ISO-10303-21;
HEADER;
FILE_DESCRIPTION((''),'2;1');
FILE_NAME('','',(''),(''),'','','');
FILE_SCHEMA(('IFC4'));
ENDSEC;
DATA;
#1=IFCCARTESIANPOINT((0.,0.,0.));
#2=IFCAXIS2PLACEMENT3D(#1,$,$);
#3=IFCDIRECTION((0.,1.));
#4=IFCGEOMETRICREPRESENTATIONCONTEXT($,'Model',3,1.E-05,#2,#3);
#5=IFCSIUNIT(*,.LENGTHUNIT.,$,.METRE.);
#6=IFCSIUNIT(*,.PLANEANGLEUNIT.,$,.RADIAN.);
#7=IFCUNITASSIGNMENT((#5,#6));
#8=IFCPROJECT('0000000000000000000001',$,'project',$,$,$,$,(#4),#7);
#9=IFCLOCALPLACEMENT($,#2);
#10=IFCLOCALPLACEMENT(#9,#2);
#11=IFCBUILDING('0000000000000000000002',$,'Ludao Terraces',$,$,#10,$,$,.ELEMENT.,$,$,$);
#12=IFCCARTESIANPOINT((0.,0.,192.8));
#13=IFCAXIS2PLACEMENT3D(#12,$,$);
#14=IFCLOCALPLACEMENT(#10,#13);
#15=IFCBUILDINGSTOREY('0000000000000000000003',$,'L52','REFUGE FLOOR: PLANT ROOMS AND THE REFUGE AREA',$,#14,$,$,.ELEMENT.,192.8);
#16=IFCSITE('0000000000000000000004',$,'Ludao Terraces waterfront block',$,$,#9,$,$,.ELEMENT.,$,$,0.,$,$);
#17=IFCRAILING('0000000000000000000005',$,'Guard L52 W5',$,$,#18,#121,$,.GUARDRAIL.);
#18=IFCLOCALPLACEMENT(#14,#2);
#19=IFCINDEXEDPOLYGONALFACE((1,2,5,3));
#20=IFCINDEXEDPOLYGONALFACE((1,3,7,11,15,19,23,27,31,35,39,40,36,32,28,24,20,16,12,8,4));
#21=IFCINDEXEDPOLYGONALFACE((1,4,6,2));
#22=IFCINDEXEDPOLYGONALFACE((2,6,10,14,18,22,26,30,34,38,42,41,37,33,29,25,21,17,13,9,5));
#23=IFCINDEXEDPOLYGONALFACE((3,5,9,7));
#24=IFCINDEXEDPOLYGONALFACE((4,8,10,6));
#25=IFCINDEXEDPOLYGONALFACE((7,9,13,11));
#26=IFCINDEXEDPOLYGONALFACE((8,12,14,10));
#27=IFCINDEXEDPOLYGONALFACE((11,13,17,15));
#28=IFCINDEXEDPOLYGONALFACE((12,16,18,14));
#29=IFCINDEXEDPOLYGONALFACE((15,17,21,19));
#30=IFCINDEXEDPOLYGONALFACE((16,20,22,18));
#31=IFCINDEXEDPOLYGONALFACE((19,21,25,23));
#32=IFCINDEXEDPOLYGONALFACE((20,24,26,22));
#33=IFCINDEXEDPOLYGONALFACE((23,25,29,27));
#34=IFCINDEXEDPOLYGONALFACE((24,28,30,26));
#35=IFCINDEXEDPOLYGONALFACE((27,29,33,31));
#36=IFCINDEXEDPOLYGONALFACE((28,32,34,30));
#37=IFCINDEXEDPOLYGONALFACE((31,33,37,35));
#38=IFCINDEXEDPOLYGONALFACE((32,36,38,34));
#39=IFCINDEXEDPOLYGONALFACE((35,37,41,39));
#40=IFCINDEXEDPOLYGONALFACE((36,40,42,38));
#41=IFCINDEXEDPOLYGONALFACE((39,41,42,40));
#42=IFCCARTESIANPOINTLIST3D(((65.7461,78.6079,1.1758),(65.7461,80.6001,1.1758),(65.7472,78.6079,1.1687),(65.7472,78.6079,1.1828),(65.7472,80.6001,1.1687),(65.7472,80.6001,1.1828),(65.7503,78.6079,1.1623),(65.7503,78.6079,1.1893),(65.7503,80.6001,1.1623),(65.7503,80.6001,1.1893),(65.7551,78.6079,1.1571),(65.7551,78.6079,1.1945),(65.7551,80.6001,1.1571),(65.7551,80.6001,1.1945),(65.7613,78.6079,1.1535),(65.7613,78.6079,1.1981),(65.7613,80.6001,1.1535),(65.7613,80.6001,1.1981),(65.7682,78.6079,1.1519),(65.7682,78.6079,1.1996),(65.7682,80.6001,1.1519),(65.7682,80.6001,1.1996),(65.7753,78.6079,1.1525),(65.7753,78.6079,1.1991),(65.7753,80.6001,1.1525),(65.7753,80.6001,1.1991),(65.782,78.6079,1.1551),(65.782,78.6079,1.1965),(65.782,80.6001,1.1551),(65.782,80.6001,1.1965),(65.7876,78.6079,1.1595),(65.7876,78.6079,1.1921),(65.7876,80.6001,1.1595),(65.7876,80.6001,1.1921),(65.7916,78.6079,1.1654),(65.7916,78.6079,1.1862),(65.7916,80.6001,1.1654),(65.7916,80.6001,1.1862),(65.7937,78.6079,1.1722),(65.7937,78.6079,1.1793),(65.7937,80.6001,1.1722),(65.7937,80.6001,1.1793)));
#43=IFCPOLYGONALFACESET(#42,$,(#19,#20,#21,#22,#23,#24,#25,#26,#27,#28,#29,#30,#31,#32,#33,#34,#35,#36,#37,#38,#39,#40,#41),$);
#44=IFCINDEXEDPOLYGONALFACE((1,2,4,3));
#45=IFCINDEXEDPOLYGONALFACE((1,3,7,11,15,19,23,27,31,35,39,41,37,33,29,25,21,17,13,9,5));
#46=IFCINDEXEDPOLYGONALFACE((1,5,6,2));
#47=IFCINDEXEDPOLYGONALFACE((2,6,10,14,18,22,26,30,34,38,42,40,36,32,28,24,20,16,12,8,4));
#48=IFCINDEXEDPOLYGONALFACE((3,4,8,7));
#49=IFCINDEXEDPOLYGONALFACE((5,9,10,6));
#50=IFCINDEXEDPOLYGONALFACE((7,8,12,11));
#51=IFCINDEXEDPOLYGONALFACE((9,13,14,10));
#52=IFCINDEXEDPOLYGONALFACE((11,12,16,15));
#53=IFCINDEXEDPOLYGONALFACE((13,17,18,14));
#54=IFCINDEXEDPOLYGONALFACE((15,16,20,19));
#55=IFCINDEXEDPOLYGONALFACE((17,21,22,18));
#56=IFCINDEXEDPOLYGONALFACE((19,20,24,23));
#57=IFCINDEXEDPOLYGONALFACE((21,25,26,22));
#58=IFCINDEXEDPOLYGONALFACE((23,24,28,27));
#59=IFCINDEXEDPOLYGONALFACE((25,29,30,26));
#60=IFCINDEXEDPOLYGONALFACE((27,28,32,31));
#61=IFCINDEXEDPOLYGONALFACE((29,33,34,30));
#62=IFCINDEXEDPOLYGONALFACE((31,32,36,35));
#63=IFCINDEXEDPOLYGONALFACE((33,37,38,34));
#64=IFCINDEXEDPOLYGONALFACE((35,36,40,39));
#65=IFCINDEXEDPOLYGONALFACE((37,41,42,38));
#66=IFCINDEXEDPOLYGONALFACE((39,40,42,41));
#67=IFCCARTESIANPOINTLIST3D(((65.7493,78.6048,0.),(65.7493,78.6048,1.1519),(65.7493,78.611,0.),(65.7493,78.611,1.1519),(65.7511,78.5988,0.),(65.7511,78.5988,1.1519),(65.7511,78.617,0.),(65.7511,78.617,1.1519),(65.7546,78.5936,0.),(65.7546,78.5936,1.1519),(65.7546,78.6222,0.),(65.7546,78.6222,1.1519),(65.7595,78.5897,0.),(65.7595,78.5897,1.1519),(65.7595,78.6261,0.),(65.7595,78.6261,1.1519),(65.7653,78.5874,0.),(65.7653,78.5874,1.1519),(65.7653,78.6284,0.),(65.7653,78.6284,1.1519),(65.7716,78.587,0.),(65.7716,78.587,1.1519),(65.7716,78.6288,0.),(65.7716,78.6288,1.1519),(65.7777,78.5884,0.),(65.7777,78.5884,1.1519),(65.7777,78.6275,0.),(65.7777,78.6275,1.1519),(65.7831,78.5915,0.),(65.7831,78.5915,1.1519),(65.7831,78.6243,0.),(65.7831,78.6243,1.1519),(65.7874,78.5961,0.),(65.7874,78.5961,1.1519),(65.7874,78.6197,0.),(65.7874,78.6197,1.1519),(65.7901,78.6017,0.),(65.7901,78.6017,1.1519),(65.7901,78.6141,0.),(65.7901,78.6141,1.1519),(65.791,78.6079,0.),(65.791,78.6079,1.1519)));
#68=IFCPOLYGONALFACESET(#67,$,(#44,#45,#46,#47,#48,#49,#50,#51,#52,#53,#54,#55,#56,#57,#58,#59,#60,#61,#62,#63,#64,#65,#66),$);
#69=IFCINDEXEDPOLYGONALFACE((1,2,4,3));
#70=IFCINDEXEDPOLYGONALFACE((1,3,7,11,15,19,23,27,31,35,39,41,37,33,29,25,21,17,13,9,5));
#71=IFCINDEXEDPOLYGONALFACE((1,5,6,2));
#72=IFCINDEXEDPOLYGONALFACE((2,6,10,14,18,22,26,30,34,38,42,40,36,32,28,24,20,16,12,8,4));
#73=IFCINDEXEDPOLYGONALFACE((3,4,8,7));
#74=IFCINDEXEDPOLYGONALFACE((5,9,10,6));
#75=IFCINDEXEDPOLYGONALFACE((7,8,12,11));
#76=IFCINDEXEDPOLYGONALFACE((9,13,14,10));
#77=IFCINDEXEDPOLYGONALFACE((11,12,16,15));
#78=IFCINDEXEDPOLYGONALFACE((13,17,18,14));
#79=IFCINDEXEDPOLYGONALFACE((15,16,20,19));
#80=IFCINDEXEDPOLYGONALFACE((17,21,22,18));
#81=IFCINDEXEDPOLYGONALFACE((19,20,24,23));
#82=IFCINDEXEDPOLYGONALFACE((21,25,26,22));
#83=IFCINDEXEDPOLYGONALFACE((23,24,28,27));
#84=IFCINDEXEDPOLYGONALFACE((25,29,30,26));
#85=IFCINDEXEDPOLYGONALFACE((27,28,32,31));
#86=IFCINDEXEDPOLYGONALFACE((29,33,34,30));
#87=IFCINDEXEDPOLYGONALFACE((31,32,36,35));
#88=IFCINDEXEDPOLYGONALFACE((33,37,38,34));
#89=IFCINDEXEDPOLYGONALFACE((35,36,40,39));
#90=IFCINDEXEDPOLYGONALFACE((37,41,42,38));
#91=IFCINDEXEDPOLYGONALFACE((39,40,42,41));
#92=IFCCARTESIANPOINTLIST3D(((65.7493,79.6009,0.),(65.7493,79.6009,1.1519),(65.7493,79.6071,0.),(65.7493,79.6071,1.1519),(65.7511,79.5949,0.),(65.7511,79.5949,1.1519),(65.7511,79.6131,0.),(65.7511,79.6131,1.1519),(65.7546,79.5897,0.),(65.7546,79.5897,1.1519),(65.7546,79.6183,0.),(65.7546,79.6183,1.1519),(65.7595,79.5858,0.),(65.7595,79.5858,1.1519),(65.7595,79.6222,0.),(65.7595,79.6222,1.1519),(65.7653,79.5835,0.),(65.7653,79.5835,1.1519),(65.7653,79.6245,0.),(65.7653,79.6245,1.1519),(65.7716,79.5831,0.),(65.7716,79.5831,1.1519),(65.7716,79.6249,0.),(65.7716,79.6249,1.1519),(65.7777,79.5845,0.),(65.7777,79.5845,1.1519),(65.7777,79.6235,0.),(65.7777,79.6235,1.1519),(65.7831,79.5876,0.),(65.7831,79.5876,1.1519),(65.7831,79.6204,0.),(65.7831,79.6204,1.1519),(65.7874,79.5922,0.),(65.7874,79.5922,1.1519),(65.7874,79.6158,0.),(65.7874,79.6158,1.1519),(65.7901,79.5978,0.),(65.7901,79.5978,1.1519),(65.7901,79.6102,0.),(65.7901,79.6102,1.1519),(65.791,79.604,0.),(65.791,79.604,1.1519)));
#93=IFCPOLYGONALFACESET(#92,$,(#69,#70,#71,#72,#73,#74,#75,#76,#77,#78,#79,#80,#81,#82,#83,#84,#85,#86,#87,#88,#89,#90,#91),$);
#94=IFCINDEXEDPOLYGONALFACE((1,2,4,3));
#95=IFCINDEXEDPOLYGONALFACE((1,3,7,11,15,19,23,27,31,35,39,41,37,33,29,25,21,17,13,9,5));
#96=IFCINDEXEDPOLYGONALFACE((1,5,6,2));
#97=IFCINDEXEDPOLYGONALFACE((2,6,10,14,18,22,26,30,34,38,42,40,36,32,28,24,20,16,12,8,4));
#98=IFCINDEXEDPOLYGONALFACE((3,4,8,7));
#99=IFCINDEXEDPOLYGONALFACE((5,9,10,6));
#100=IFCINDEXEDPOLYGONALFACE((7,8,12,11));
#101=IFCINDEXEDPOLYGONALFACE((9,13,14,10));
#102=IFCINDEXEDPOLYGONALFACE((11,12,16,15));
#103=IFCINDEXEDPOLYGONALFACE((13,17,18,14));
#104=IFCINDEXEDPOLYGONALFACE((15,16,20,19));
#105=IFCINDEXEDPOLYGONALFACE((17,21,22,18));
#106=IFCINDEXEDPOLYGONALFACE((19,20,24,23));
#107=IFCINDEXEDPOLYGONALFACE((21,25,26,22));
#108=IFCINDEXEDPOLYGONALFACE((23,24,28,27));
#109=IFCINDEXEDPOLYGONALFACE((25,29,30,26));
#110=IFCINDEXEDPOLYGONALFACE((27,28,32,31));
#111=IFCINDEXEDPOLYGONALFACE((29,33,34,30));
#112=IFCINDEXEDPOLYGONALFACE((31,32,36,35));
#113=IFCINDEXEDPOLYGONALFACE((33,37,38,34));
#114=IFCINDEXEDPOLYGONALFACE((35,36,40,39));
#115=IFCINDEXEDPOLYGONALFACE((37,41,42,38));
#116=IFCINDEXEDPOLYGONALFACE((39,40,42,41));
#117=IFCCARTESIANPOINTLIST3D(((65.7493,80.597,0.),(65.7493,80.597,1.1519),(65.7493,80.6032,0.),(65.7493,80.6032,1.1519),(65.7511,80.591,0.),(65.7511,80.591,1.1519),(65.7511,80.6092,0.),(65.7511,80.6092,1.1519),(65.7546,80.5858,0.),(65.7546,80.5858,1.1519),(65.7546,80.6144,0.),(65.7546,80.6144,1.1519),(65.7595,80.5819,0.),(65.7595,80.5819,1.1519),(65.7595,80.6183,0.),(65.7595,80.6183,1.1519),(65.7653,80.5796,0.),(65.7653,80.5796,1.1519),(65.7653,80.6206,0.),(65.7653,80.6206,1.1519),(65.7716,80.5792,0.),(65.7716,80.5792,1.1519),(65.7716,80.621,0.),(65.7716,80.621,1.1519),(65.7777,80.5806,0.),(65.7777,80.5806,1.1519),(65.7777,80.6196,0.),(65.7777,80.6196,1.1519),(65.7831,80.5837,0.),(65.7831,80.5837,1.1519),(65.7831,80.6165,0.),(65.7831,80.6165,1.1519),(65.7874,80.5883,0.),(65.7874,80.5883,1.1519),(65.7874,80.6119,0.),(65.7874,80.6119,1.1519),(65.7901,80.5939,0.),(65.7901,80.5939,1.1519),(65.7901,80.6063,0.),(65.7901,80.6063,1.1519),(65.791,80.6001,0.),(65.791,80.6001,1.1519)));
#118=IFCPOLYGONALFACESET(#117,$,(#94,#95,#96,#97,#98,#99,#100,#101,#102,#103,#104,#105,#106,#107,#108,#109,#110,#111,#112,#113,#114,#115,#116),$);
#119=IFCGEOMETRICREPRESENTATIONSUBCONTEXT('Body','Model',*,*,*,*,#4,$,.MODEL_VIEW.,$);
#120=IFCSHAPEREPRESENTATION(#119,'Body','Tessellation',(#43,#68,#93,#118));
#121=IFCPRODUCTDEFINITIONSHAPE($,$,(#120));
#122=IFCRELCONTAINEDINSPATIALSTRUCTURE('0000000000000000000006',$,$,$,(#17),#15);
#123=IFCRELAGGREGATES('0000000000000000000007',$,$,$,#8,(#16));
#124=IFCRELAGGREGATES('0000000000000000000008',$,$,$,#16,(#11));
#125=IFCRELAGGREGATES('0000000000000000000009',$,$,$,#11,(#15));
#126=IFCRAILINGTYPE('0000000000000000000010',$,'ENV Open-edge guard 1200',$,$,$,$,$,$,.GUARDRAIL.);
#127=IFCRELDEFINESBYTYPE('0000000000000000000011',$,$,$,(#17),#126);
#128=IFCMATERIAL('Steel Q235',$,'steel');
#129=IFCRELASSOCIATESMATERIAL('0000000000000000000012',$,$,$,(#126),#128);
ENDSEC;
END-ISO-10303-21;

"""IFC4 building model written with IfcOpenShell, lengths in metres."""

from ifc_helpers import new_model, si_unit, direction, frame, origin, origin_2d, place, context, subcontext, project, spatial, circle, extrude, material, type_object, element, save


model = new_model("IFC4")

# Units and contexts
model_context = context("Model", 3, precision=1e-05, world=origin(), true_north=direction((0.0, 1.0)))
body_context = subcontext(model_context, "Body", "Model", "MODEL_VIEW")
ifc_project = project(units=[si_unit("LENGTHUNIT", "METRE"), si_unit("PLANEANGLEUNIT", "RADIAN")], contexts=[model_context])

# Site, building, storey
site_placement = place(None, origin())
site = spatial("IfcSite", under=ifc_project, at=site_placement, Name="Ludao Terraces waterfront block", CompositionType="ELEMENT", RefElevation=0.0)
building_placement = place(site_placement, origin())
building = spatial("IfcBuilding", under=site, at=building_placement, Name="Ludao Terraces", CompositionType="ELEMENT")
storey_placement = place(building_placement, frame((0.0, 0.0, 192.8)))
storey = spatial("IfcBuildingStorey", under=building, at=storey_placement, Name="L52", Description="REFUGE FLOOR: PLANT ROOMS AND THE REFUGE AREA", CompositionType="ELEMENT", Elevation=192.8)

# Shared definitions
ifc_material_1 = material(Name="Steel Q235", Category="steel")

# Railing
railing_type = type_object("IfcRailingType", Name="ENV Open-edge guard 1200", PredefinedType="GUARDRAIL", material=ifc_material_1)
railing_placement = place(storey_placement, frame((65.77, 78.6079, 0.0)))
element("IfcRailing", 1, at=railing_placement, inside=storey, type_object=railing_type, Name="Guard L52 W5", PredefinedType="GUARDRAIL", context=body_context, shape_type="SweptSolid", body=[
    extrude(circle(Radius=0.0239, at=origin_2d()), frame((0.0, 0.0, 1.1758), z_axis=(0.0, 1.0, 0.0), x_axis=(-1.0, 0.0, 0.0)), (0.0, 0.0, 1.0), 1.9922),
    extrude(circle(Radius=0.021, at=origin_2d()), origin(), (0.0, 0.0, 1.0), 1.1519),
    extrude(circle(Radius=0.021, at=origin_2d()), frame((0.0, 0.9961, 0.0)), (0.0, 0.0, 1.0), 1.1519),
    extrude(circle(Radius=0.021, at=origin_2d()), frame((0.0, 1.9922, 0.0)), (0.0, 0.0, 1.0), 1.1519),
])

save(model, "model.ifc")
